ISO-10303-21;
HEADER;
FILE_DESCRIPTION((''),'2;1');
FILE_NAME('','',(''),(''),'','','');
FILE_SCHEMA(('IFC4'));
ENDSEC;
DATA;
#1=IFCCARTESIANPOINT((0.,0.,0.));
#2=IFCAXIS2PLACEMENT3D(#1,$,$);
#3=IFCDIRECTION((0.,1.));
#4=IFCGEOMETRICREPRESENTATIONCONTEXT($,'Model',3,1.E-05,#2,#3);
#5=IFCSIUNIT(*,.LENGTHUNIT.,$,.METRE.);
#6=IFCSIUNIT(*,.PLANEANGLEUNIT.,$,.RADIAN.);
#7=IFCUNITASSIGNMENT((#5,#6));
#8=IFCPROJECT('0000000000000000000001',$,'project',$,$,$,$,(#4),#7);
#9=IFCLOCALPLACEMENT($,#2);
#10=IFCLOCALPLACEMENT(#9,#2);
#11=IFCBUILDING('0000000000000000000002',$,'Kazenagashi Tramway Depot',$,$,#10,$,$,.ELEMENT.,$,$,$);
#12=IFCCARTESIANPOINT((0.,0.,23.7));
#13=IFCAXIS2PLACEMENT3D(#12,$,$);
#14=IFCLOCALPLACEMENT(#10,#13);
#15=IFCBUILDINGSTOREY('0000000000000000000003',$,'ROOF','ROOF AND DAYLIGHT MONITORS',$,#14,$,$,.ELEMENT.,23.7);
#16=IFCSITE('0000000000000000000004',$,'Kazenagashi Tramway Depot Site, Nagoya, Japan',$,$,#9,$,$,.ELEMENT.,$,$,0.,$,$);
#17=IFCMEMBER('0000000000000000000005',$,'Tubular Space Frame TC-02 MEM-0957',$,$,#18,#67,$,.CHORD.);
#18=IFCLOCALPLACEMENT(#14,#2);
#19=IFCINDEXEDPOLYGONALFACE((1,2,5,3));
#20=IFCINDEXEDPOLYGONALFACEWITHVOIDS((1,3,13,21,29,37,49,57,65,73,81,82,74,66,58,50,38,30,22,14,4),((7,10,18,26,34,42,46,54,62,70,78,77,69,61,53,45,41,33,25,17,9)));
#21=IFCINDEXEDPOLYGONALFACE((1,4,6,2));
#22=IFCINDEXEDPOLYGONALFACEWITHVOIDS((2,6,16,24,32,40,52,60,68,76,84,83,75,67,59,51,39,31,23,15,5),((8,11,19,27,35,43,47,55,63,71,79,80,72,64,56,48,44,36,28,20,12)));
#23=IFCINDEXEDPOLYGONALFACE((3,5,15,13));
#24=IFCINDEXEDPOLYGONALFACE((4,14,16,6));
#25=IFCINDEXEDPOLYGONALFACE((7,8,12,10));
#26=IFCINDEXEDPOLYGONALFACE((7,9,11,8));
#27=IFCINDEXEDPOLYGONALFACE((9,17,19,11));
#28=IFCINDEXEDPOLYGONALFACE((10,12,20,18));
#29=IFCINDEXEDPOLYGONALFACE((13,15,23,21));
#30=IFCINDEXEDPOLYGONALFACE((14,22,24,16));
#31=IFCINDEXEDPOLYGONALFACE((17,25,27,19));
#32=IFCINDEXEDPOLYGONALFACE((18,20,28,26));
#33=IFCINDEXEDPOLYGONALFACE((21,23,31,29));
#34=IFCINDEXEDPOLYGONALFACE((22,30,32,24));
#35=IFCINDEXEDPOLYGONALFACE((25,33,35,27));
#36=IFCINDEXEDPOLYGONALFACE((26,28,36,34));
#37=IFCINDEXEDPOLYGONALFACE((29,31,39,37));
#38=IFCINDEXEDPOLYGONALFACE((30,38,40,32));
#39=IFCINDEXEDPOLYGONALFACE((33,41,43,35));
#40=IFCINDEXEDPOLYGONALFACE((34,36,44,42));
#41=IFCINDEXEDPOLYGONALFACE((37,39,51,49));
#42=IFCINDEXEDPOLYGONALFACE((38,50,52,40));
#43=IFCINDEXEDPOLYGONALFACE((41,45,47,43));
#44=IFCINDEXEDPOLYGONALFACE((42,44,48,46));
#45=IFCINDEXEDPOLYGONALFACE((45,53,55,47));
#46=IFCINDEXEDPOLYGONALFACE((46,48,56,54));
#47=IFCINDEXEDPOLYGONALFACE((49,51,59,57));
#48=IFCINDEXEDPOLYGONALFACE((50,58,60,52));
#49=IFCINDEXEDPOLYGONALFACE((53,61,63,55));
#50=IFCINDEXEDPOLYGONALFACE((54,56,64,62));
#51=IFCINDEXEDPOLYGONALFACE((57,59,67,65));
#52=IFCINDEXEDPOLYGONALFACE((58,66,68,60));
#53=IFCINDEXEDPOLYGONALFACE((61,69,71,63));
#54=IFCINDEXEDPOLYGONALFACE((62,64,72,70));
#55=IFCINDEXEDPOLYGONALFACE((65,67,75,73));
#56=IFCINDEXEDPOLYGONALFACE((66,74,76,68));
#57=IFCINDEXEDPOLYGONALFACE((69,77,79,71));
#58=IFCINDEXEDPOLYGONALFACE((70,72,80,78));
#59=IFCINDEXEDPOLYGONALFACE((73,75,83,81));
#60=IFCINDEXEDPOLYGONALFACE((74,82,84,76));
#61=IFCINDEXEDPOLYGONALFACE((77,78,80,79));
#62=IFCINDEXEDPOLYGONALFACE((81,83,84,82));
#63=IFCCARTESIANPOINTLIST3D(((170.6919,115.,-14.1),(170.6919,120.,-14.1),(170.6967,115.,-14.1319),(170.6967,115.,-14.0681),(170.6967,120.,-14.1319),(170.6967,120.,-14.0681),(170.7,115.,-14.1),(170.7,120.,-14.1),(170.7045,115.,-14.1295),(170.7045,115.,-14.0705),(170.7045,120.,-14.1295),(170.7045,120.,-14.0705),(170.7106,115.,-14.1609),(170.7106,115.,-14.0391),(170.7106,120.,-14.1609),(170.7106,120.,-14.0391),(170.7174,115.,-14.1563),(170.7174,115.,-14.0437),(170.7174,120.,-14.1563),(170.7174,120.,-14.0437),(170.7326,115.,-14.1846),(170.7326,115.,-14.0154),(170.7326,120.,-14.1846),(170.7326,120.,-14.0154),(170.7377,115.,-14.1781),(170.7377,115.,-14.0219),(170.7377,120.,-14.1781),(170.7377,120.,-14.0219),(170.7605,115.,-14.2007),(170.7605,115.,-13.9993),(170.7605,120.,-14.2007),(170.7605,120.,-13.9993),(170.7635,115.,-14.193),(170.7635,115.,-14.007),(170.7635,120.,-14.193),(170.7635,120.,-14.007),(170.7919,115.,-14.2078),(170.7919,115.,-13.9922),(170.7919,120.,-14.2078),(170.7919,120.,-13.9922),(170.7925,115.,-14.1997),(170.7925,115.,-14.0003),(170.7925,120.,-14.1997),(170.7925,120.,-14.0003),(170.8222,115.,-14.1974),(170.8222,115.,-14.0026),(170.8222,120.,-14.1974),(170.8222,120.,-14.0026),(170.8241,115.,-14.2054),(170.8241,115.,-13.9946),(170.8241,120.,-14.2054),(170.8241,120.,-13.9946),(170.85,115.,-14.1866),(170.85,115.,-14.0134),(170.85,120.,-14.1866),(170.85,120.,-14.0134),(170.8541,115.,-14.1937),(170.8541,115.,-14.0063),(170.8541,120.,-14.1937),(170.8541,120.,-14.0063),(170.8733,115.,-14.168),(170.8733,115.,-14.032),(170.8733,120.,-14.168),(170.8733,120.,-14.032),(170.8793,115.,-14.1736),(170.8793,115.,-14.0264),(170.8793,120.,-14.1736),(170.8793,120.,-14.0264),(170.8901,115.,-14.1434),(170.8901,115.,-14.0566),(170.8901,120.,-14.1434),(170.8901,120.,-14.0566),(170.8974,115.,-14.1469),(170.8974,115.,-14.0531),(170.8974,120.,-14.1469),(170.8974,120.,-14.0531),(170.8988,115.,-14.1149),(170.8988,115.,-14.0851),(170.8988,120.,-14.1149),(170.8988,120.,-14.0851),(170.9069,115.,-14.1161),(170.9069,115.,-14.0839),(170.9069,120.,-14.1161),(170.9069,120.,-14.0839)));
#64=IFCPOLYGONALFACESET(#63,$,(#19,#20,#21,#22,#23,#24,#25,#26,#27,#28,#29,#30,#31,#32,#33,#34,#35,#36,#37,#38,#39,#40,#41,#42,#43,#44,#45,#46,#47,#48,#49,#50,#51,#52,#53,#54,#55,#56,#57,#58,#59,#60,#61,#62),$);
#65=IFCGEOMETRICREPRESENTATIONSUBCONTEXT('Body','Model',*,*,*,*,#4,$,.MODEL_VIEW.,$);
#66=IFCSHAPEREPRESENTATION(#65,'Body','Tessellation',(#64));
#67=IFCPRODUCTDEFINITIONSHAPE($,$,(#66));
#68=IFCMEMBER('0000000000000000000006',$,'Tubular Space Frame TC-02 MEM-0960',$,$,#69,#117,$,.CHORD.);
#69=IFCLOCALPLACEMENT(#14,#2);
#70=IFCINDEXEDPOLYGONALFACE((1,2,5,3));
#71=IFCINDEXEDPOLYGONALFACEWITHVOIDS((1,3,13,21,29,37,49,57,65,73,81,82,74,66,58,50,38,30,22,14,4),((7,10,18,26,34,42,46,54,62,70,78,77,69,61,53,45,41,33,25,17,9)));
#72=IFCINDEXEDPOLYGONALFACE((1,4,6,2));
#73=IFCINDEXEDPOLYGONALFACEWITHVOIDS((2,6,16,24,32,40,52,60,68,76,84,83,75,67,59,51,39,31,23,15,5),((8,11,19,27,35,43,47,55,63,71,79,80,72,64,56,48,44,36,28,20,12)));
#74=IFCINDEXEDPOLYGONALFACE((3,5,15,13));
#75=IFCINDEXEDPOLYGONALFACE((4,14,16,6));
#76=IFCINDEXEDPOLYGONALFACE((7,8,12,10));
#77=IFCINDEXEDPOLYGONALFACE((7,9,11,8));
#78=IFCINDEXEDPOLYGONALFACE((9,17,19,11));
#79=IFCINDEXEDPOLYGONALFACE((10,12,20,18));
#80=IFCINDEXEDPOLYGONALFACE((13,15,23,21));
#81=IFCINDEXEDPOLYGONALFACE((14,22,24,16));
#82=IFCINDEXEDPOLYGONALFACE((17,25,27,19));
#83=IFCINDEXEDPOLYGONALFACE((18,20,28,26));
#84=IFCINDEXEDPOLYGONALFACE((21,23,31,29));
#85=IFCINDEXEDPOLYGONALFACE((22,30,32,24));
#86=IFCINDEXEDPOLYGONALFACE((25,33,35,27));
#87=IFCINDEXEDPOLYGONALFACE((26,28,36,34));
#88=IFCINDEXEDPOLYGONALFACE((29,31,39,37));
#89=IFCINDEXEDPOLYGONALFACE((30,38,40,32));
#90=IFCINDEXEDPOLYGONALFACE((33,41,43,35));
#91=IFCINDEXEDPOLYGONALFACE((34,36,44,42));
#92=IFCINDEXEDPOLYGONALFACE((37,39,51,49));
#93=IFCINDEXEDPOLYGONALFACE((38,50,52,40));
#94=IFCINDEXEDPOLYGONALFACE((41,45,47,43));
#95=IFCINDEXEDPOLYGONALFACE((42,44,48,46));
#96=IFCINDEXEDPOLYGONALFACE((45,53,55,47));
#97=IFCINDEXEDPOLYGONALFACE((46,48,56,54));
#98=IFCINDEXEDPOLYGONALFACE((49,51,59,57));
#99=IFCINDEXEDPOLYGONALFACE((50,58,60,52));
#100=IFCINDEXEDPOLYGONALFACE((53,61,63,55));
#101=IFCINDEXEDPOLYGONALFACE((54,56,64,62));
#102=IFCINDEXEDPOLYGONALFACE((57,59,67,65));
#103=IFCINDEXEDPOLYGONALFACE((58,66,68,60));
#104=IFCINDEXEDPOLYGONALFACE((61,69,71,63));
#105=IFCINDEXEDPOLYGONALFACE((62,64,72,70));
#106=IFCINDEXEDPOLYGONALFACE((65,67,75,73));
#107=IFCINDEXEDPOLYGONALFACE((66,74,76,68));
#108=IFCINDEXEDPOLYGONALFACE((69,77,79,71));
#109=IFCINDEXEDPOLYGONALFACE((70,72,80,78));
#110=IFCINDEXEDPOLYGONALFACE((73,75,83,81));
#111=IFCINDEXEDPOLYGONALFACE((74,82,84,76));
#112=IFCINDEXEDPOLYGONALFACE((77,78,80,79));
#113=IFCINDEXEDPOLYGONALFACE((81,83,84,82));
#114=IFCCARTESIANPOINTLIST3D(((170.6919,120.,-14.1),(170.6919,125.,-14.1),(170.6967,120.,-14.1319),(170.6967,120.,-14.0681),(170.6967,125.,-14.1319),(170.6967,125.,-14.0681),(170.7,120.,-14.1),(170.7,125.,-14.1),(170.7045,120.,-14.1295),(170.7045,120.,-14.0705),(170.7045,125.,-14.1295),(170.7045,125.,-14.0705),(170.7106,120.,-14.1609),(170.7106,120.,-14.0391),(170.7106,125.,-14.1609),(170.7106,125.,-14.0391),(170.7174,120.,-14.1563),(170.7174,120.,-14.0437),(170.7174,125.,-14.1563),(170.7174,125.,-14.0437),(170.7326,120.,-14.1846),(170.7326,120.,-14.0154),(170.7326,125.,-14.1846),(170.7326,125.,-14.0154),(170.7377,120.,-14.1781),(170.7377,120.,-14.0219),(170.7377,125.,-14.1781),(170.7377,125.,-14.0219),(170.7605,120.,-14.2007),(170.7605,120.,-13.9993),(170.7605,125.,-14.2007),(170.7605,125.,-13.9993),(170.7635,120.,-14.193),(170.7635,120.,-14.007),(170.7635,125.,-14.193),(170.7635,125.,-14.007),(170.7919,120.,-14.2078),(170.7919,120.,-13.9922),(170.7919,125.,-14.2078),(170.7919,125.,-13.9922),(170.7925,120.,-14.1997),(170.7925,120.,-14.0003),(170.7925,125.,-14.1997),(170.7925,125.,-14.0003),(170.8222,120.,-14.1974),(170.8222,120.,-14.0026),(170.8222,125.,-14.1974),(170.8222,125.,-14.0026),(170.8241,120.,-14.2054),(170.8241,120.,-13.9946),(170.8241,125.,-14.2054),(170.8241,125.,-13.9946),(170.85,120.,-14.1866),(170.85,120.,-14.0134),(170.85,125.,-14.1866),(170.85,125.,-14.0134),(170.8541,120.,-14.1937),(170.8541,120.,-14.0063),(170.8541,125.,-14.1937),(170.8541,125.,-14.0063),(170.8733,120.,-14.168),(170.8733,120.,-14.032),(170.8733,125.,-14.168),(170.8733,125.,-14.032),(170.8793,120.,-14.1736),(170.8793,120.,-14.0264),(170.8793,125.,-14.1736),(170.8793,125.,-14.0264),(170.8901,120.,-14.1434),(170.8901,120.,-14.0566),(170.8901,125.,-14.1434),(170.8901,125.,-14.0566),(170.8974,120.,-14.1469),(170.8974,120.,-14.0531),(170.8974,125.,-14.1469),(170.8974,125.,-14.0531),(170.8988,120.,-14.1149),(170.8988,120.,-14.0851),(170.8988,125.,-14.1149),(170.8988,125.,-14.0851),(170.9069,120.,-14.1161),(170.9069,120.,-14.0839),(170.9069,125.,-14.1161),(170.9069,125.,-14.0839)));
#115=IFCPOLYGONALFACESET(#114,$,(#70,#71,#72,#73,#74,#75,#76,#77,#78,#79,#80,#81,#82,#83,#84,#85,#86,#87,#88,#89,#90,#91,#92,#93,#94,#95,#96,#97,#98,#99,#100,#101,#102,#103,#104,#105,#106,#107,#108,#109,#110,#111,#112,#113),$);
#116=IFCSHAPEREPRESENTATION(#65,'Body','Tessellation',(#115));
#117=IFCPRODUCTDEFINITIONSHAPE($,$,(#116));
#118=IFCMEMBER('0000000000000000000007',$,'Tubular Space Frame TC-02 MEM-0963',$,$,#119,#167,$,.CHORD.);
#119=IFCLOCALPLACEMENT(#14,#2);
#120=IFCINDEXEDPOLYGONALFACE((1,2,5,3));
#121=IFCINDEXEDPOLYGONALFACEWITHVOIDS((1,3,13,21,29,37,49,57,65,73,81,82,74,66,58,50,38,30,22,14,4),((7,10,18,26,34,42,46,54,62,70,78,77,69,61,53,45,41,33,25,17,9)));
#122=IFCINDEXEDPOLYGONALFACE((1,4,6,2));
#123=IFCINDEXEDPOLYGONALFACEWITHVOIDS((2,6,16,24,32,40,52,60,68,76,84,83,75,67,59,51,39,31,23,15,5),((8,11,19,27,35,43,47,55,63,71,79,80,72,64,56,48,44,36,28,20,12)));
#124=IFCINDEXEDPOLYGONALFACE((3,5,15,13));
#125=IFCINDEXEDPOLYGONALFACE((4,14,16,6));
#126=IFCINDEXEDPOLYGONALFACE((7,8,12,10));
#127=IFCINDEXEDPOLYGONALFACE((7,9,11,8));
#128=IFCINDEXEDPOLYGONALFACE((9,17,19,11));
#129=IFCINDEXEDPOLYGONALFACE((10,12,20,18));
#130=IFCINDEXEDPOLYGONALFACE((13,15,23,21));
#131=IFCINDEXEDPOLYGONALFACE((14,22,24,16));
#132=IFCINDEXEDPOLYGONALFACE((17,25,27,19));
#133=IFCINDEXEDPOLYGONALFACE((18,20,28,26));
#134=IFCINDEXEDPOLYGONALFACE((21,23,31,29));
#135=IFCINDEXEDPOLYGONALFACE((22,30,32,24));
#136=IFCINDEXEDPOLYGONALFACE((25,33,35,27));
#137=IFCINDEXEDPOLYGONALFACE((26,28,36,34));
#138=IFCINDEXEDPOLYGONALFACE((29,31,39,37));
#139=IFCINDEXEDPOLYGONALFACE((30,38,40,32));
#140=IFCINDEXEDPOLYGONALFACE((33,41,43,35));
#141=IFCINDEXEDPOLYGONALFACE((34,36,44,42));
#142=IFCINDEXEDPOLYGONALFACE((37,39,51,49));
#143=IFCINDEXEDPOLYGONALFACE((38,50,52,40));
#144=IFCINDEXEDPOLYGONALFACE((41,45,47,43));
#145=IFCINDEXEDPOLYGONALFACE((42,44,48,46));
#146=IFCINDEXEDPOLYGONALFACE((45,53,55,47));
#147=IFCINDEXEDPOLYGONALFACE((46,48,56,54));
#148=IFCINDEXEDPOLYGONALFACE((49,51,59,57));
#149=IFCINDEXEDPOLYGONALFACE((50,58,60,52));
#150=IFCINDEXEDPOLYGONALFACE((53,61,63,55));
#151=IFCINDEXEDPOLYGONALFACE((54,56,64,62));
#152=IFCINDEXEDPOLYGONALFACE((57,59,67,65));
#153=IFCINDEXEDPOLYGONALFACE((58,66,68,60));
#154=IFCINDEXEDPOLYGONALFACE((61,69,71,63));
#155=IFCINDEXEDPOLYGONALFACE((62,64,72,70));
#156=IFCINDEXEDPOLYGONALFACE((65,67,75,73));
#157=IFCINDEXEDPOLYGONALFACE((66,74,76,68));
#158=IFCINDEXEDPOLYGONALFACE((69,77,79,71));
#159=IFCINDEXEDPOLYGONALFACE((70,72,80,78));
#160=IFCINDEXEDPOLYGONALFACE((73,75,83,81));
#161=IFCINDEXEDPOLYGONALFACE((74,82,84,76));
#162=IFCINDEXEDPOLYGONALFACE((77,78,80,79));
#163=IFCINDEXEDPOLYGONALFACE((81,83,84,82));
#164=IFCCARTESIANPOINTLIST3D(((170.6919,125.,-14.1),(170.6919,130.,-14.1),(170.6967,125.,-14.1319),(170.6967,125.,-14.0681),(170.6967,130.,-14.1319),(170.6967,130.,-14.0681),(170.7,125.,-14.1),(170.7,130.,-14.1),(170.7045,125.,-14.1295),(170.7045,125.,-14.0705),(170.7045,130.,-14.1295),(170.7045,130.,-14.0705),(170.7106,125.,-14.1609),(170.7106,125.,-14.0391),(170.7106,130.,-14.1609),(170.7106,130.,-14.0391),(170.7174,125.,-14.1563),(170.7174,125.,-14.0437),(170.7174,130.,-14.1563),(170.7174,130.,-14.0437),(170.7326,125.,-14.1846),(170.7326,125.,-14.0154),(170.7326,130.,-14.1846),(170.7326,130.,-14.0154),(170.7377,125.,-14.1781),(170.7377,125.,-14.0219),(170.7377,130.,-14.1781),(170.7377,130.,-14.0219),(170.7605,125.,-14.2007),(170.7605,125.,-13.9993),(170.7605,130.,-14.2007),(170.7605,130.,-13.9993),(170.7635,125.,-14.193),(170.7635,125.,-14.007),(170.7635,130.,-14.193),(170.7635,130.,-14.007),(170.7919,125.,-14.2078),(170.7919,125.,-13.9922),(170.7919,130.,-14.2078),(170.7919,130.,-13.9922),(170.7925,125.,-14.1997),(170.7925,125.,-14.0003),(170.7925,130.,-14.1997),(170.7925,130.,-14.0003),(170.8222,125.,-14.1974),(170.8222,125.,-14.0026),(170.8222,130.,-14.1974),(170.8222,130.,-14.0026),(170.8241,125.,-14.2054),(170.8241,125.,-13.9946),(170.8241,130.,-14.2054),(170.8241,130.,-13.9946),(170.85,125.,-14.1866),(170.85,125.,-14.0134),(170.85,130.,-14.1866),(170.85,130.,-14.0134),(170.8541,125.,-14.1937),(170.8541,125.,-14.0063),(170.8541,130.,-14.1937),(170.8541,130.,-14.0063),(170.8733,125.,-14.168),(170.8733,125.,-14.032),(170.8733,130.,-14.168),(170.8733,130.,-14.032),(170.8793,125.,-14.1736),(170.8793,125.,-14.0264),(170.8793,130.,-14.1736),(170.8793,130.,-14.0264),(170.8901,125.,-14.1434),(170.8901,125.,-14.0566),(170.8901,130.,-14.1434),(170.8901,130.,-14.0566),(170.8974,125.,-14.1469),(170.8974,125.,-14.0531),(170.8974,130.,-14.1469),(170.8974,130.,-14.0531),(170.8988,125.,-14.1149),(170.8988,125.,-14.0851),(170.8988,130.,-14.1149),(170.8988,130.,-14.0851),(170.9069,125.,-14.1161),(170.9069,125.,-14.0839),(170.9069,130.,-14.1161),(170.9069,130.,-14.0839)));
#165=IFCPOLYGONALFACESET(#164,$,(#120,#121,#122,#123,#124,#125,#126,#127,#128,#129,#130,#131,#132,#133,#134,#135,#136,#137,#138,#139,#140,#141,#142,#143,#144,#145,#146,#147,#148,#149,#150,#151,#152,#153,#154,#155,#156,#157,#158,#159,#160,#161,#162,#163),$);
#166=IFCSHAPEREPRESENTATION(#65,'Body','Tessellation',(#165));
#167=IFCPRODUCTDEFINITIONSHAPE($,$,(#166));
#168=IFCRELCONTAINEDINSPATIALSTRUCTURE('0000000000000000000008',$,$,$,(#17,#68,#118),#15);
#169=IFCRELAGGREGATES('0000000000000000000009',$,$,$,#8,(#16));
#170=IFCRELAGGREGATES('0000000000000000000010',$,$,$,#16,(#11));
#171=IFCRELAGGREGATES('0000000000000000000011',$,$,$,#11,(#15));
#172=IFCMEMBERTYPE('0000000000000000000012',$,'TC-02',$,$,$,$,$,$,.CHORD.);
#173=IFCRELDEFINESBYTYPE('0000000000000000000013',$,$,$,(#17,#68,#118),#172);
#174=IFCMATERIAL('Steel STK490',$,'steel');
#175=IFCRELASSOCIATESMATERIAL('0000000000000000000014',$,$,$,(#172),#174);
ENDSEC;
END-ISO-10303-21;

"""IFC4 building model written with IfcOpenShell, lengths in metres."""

from ifc_helpers import new_model, si_unit, direction, frame, origin, origin_2d, place, context, subcontext, project, spatial, hollow_circle, extrude, material, material_profile, profile_set, type_object, element, save


model = new_model("IFC4")

# Units and contexts
model_context = context("Model", 3, precision=1e-05, world=origin(), true_north=direction((0.0, 1.0)))
body_context = subcontext(model_context, "Body", "Model", "MODEL_VIEW")
ifc_project = project(units=[si_unit("LENGTHUNIT", "METRE"), si_unit("PLANEANGLEUNIT", "RADIAN")], contexts=[model_context])

# Site, building, storey
site_placement = place(None, origin())
site = spatial("IfcSite", under=ifc_project, at=site_placement, Name="Kazenagashi Tramway Depot Site, Nagoya, Japan", CompositionType="ELEMENT", RefElevation=0.0)
building_placement = place(site_placement, origin())
building = spatial("IfcBuilding", under=site, at=building_placement, Name="Kazenagashi Tramway Depot", CompositionType="ELEMENT")
storey_placement = place(building_placement, frame((0.0, 0.0, 23.7)))
storey = spatial("IfcBuildingStorey", under=building, at=storey_placement, Name="ROOF", Description="ROOF AND DAYLIGHT MONITORS", CompositionType="ELEMENT", Elevation=23.7)

# Members
ifc_material_1 = material(Name="Steel STK490", Category="steel")
ifc_material_profile_1 = material_profile(ifc_material_1, hollow_circle(Radius=0.1081, WallThickness=0.0082, at=origin_2d()), Name="CHS-216.3x8.2")
ifc_profile_set_1 = profile_set([ifc_material_profile_1], Name="Steel STK490")
member_type_1 = type_object("IfcMemberType", Name="TC-02", PredefinedType="CHORD", material=ifc_profile_set_1)
for number, where, z_axis, x_axis, name in (
    (1, (170.8, 115.0, -14.1), (0.0, 1.0, 0.0), (-1.0, 0.0, 0.0), "Tubular Space Frame TC-02 MEM-0957"),
    (2, (170.8, 120.0, -14.1), (0.0, 1.0, 0.0), (-1.0, 0.0, 0.0), "Tubular Space Frame TC-02 MEM-0960"),
    (3, (170.8, 125.0, -14.1), (0.0, 1.0, 0.0), (-1.0, 0.0, 0.0), "Tubular Space Frame TC-02 MEM-0963"),
):
    element("IfcMember", number, at=place(storey_placement, frame(where, z_axis=z_axis, x_axis=x_axis)), inside=storey, type_object=member_type_1, Name=name, PredefinedType="CHORD", context=body_context, shape_type="SweptSolid", body=[
        extrude(hollow_circle(Radius=0.1081, WallThickness=0.0082, at=origin_2d()), origin(), (0.0, 0.0, 1.0), 5.0),
    ])

save(model, "model.ifc")
